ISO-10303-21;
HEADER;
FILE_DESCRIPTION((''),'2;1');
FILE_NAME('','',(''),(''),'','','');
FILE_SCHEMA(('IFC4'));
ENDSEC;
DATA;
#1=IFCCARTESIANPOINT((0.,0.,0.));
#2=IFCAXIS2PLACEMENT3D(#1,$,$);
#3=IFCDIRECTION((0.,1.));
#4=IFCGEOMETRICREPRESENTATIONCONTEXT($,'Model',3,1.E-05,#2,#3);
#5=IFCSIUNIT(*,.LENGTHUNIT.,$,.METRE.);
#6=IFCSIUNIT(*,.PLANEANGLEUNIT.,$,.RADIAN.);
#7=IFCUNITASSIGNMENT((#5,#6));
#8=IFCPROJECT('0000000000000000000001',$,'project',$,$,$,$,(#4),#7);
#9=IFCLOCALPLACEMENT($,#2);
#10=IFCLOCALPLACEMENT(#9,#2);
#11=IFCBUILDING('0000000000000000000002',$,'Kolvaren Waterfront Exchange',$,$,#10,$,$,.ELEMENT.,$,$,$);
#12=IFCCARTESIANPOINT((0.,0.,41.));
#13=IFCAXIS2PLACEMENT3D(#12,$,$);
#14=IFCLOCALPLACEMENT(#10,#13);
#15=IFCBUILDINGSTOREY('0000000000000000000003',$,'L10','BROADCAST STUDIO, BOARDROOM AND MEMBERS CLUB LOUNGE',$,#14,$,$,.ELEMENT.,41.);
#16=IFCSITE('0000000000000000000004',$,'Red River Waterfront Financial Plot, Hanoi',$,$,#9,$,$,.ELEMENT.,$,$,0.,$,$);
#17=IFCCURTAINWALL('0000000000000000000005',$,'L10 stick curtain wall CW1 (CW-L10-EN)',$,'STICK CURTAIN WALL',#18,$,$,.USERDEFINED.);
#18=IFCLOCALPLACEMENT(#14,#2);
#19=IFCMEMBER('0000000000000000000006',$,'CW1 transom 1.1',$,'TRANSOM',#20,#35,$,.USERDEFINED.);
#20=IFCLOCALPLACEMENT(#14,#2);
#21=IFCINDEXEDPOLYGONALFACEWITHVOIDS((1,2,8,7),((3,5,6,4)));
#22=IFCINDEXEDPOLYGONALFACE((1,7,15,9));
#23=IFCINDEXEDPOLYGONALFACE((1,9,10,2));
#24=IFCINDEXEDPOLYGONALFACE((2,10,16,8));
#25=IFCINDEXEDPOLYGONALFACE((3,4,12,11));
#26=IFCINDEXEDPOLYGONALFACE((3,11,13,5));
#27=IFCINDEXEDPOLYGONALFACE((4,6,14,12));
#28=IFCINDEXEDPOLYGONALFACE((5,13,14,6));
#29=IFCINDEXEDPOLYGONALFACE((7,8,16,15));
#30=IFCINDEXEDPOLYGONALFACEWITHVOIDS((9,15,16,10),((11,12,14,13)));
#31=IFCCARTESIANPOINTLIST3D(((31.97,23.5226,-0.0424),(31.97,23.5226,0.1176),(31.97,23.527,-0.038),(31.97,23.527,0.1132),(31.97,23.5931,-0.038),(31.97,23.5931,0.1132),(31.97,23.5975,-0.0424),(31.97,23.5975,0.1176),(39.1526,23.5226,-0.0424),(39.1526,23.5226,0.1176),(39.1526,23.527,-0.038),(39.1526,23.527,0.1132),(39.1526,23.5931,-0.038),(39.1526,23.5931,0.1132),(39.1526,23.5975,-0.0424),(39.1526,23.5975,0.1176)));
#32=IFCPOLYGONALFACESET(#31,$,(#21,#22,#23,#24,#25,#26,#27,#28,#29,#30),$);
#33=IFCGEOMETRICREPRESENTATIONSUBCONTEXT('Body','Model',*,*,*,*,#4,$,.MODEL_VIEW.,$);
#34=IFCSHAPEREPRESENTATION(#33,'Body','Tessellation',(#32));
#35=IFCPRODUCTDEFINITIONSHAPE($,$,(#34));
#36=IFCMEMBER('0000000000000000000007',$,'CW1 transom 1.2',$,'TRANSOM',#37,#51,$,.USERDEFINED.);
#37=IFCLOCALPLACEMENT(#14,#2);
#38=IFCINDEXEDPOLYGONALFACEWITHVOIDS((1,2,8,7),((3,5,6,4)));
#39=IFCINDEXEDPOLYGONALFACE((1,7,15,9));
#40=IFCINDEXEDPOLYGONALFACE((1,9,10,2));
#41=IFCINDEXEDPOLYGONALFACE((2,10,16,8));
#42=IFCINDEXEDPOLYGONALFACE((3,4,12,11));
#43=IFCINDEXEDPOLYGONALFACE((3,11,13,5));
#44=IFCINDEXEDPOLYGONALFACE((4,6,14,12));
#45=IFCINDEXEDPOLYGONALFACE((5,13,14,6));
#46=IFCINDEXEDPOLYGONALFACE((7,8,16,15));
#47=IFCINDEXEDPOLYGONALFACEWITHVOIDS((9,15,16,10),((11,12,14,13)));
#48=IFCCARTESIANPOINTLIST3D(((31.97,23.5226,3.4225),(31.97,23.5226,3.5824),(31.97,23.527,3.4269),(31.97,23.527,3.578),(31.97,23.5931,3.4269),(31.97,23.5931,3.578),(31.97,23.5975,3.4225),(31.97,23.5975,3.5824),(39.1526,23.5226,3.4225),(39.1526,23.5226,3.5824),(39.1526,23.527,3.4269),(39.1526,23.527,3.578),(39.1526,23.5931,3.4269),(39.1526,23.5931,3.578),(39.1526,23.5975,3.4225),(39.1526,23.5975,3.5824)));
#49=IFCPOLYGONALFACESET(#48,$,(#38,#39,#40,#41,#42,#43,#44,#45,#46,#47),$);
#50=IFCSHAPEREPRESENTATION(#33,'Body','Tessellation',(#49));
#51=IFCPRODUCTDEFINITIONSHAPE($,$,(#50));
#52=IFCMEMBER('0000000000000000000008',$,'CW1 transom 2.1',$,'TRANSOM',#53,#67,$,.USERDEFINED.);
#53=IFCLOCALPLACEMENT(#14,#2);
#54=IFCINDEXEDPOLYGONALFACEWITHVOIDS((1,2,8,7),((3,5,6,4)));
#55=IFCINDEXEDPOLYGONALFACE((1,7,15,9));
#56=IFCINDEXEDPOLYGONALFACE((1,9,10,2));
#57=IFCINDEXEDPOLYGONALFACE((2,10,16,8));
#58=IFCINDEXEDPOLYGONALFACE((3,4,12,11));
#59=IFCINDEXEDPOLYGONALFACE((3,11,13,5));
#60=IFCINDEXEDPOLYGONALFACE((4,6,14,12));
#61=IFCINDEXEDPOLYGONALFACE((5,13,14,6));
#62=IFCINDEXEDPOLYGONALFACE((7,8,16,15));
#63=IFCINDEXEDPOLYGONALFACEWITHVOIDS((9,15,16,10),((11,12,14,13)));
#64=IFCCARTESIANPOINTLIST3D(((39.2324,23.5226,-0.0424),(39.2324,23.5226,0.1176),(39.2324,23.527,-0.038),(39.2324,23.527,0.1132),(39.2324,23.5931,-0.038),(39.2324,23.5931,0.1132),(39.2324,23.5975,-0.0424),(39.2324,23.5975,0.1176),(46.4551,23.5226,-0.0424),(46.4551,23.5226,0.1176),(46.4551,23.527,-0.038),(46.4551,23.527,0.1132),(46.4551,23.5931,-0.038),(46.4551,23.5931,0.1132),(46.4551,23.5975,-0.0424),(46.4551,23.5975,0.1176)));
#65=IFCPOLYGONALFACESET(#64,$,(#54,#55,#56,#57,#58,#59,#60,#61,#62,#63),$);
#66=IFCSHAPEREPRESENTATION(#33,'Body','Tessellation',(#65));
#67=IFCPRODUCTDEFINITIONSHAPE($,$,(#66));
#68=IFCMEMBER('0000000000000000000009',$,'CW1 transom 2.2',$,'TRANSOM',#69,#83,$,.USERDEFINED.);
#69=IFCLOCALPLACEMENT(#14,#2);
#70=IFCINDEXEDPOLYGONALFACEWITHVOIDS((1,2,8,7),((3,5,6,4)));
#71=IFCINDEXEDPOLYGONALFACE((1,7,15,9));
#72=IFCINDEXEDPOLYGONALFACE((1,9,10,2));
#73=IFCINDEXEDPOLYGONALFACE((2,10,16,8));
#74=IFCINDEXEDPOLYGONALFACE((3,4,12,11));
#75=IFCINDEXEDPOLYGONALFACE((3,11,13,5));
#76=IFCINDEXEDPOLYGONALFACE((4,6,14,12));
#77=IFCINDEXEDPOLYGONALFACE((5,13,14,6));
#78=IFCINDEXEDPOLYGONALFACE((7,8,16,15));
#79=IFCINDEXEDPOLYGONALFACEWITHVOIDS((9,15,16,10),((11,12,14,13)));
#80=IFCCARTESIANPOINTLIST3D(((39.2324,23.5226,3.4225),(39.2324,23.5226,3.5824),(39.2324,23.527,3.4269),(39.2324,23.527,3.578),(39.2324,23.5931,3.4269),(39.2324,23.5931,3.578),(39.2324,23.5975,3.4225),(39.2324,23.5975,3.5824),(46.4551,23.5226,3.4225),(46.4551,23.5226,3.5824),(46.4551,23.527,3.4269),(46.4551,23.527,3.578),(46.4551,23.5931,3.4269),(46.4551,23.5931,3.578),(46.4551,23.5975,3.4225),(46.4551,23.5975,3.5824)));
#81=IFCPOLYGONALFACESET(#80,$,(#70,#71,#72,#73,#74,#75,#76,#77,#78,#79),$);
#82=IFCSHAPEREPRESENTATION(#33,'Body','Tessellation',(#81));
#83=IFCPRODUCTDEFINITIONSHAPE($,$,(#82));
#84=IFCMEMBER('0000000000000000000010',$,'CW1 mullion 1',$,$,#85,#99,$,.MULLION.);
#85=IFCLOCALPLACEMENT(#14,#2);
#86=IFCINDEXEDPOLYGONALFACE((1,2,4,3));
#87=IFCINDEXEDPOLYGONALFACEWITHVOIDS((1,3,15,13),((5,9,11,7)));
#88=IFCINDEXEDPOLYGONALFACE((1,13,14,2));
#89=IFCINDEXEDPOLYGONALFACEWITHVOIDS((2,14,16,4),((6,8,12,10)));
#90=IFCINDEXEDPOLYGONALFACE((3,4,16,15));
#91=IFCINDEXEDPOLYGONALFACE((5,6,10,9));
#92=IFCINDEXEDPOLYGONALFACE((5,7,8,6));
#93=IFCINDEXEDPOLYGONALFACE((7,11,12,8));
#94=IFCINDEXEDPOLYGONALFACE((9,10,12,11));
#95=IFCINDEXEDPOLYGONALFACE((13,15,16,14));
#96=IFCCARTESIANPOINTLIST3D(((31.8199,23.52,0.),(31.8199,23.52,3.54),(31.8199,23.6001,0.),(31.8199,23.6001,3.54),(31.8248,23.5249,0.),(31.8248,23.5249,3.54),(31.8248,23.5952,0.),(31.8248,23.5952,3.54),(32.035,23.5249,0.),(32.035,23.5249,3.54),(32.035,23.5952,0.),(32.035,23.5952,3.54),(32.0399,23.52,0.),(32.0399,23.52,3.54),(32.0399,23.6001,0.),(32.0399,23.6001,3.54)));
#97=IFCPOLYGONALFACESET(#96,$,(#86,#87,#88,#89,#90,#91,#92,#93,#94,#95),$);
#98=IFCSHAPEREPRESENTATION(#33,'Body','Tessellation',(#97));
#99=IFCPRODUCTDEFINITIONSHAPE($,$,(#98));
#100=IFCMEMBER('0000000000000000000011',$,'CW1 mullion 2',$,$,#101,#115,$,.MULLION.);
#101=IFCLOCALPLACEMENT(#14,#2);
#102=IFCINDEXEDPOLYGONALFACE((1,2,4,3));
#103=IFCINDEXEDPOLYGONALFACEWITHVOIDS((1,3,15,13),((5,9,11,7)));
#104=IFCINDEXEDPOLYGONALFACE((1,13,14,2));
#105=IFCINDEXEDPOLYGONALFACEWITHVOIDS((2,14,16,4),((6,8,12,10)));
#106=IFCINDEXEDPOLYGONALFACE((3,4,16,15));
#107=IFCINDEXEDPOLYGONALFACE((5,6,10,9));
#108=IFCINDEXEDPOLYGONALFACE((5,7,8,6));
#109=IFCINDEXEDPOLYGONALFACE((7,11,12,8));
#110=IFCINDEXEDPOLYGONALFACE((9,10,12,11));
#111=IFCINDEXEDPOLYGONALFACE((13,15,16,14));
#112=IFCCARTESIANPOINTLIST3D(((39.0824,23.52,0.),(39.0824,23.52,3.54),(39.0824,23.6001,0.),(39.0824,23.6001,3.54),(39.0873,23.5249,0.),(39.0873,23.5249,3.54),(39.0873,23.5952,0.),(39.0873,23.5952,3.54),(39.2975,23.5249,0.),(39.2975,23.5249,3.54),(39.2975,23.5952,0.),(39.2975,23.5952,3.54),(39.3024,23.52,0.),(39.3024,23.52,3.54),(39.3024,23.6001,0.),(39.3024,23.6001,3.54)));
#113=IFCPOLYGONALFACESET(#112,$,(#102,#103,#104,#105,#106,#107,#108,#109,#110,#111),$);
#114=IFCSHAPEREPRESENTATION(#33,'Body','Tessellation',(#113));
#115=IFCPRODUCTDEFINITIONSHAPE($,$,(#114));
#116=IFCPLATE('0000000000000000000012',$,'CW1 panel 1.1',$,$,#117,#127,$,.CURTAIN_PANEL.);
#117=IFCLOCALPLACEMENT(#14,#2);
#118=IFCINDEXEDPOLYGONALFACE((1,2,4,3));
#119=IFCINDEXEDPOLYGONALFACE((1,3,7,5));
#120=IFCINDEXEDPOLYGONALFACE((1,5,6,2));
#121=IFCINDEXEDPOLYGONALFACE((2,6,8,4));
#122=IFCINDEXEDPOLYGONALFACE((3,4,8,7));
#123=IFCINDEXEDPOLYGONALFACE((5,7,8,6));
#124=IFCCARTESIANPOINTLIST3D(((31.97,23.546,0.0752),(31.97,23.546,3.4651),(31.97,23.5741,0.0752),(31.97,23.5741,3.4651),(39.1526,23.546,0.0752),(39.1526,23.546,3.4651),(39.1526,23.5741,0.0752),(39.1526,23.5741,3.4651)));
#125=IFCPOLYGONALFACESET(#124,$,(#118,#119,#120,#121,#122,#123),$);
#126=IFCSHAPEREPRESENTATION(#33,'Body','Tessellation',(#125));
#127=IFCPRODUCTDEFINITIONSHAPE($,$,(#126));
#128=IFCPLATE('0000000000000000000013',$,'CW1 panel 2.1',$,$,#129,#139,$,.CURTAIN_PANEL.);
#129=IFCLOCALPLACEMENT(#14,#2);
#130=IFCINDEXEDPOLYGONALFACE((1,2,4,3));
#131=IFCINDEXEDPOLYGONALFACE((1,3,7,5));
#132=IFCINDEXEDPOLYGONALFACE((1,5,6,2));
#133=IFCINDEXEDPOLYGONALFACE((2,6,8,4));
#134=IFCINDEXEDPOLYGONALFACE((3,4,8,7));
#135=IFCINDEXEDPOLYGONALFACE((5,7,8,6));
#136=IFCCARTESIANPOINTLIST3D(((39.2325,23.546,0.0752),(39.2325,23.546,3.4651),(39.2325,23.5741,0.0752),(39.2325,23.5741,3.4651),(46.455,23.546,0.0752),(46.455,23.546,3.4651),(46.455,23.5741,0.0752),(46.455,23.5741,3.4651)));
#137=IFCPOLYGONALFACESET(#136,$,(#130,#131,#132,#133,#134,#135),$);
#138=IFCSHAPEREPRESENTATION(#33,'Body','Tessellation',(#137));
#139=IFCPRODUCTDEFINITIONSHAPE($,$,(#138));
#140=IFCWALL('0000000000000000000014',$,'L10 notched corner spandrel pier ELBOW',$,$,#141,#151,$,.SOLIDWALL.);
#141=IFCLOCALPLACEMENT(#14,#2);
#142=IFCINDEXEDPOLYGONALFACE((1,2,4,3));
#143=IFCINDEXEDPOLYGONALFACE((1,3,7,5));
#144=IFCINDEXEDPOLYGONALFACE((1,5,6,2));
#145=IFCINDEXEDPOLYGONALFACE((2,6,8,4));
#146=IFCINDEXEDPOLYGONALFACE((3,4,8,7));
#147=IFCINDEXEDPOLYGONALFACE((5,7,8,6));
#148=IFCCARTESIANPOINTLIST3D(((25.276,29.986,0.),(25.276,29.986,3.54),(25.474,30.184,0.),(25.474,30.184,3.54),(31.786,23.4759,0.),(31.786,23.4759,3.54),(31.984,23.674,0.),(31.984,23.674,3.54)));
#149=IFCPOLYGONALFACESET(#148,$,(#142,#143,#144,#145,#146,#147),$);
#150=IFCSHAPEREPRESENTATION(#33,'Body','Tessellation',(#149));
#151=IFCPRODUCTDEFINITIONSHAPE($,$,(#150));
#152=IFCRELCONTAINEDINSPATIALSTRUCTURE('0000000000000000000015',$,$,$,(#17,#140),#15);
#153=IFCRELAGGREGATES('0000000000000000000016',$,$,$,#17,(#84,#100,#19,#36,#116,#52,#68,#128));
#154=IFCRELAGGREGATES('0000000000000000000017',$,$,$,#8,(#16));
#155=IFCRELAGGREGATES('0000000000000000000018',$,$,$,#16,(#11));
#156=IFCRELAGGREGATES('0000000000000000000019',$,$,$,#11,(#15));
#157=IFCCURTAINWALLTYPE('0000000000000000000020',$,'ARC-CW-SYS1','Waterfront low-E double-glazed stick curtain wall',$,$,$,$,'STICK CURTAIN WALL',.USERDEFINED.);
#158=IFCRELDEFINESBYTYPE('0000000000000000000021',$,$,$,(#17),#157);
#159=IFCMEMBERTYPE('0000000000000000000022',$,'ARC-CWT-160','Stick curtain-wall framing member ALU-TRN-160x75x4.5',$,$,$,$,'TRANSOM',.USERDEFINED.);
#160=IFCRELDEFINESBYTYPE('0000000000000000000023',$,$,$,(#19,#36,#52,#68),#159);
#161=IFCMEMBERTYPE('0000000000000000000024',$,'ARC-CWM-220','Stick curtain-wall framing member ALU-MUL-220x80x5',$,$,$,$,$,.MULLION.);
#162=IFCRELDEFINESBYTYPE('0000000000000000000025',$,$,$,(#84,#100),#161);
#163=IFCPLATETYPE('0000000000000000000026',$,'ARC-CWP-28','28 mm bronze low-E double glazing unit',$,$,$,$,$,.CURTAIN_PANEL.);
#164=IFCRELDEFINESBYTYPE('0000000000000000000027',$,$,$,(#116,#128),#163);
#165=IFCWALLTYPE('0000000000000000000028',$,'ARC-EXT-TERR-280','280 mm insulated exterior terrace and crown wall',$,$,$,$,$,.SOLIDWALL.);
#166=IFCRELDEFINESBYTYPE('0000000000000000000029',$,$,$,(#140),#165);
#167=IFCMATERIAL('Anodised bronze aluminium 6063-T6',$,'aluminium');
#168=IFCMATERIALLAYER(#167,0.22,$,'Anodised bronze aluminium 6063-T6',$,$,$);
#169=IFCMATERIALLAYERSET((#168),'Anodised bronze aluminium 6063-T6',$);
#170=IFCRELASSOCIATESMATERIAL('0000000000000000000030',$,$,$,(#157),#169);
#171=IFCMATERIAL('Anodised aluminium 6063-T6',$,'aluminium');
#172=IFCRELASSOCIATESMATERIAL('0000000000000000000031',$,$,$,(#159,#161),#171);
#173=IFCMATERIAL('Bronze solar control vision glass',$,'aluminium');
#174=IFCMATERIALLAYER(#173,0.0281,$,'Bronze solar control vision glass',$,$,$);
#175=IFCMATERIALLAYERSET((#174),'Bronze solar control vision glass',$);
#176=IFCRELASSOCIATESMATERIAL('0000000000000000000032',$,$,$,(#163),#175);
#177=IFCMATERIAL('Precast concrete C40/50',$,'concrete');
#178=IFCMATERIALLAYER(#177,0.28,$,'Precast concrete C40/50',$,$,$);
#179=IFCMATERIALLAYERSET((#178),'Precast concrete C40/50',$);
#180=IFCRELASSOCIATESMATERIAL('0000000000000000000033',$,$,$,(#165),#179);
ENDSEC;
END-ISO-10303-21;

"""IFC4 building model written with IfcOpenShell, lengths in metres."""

from ifc_helpers import new_model, si_unit, direction, frame, frame_2d, origin, origin_with_axes, origin_2d, place, context, subcontext, project, spatial, rectangle, hollow_rectangle, extrude, source, transform, mapped, material, layer, layer_set, material_profile, profile_set, type_object, element, aggregate, save


model = new_model("IFC4")

# Units and contexts
model_context = context("Model", 3, precision=1e-05, world=origin(), true_north=direction((0.0, 1.0)))
body_context = subcontext(model_context, "Body", "Model", "MODEL_VIEW")
ifc_project = project(units=[si_unit("LENGTHUNIT", "METRE"), si_unit("PLANEANGLEUNIT", "RADIAN")], contexts=[model_context])

# Site, building, storey
site_placement = place(None, origin())
site = spatial("IfcSite", under=ifc_project, at=site_placement, Name="Red River Waterfront Financial Plot, Hanoi", CompositionType="ELEMENT", RefElevation=0.0)
building_placement = place(site_placement, origin())
building = spatial("IfcBuilding", under=site, at=building_placement, Name="Kolvaren Waterfront Exchange", CompositionType="ELEMENT")
storey_placement = place(building_placement, frame((0.0, 0.0, 41.0)))
storey = spatial("IfcBuildingStorey", under=building, at=storey_placement, Name="L10", Description="BROADCAST STUDIO, BOARDROOM AND MEMBERS CLUB LOUNGE", CompositionType="ELEMENT", Elevation=41.0)

# Curtain wall, members, plates
ifc_material_1 = material(Name="Anodised bronze aluminium 6063-T6", Category="aluminium")
ifc_layer_1 = layer(ifc_material_1, 0.22, Name="Anodised bronze aluminium 6063-T6")
ifc_layer_set_1 = layer_set([ifc_layer_1], Name="Anodised bronze aluminium 6063-T6")
curtain_wall_type = type_object("IfcCurtainWallType", Name="ARC-CW-SYS1", Description="Waterfront low-E double-glazed stick curtain wall", ElementType="STICK CURTAIN WALL", PredefinedType="USERDEFINED", material=ifc_layer_set_1)
curtain_wall_placement = place(storey_placement, origin())
curtain_wall = element("IfcCurtainWall", 1, at=curtain_wall_placement, inside=storey, type_object=curtain_wall_type, Name="L10 stick curtain wall CW1 (CW-L10-EN)", ObjectType="STICK CURTAIN WALL", PredefinedType="USERDEFINED")
ifc_material_2 = material(Name="Anodised aluminium 6063-T6", Category="aluminium")
ifc_material_profile_1 = material_profile(ifc_material_2, hollow_rectangle(XDim=0.075, YDim=0.1599, WallThickness=0.0044, at=origin_2d()), Name="ALU-TRN-160x75x4.5")
ifc_profile_set_1 = profile_set([ifc_material_profile_1], Name="Anodised aluminium 6063-T6")
member_type_1 = type_object("IfcMemberType", Name="ARC-CWT-160", Description="Stick curtain-wall framing member ALU-TRN-160x75x4.5", ElementType="TRANSOM", PredefinedType="USERDEFINED", material=ifc_profile_set_1)
shared_shape_1 = source(origin_with_axes(), body_context, "Body", "SweptSolid", [
    extrude(hollow_rectangle(XDim=0.075, YDim=0.1599, WallThickness=0.0044, at=origin_2d()), origin(), (0.0, 0.0, 1.0), 7.1826),
])
member_1_placement = place(storey_placement, frame((31.97, 23.5601, 0.0376), z_axis=(1.0, 0.0, 0.0), x_axis=(0.0, 1.0, 0.0)))
member_1 = element("IfcMember", 2, at=member_1_placement, type_object=member_type_1, Name="CW1 transom 1.1", ObjectType="TRANSOM", PredefinedType="USERDEFINED", context=body_context, shape_type="MappedRepresentation", body=[
    mapped(shared_shape_1, transform((0.0, 0.0, 0.0), x_axis=(1.0, 0.0, 0.0), y_axis=(0.0, 1.0, 0.0), z_axis=(0.0, 0.0, 1.0), scale=1.0)),
])
member_2_placement = place(storey_placement, frame((31.97, 23.5601, 3.5024), z_axis=(1.0, 0.0, 0.0), x_axis=(0.0, 1.0, 0.0)))
member_2 = element("IfcMember", 3, at=member_2_placement, type_object=member_type_1, Name="CW1 transom 1.2", ObjectType="TRANSOM", PredefinedType="USERDEFINED", context=body_context, shape_type="MappedRepresentation", body=[
    mapped(shared_shape_1, transform((0.0, 0.0, 0.0), x_axis=(1.0, 0.0, 0.0), y_axis=(0.0, 1.0, 0.0), z_axis=(0.0, 0.0, 1.0), scale=1.0)),
])
shared_shape_2 = source(origin_with_axes(), body_context, "Body", "SweptSolid", [
    extrude(hollow_rectangle(XDim=0.075, YDim=0.1599, WallThickness=0.0044, at=origin_2d()), origin(), (0.0, 0.0, 1.0), 7.2227),
])
member_3_placement = place(storey_placement, frame((39.2324, 23.5601, 0.0376), z_axis=(1.0, 0.0, 0.0), x_axis=(0.0, 1.0, 0.0)))
member_3 = element("IfcMember", 4, at=member_3_placement, type_object=member_type_1, Name="CW1 transom 2.1", ObjectType="TRANSOM", PredefinedType="USERDEFINED", context=body_context, shape_type="MappedRepresentation", body=[
    mapped(shared_shape_2, transform((0.0, 0.0, 0.0), x_axis=(1.0, 0.0, 0.0), y_axis=(0.0, 1.0, 0.0), z_axis=(0.0, 0.0, 1.0), scale=1.0)),
])
member_4_placement = place(storey_placement, frame((39.2324, 23.5601, 3.5024), z_axis=(1.0, 0.0, 0.0), x_axis=(0.0, 1.0, 0.0)))
member_4 = element("IfcMember", 5, at=member_4_placement, type_object=member_type_1, Name="CW1 transom 2.2", ObjectType="TRANSOM", PredefinedType="USERDEFINED", context=body_context, shape_type="MappedRepresentation", body=[
    mapped(shared_shape_2, transform((0.0, 0.0, 0.0), x_axis=(1.0, 0.0, 0.0), y_axis=(0.0, 1.0, 0.0), z_axis=(0.0, 0.0, 1.0), scale=1.0)),
])
ifc_material_profile_2 = material_profile(ifc_material_2, hollow_rectangle(XDim=0.0801, YDim=0.22, WallThickness=0.0049, at=origin_2d()), Name="ALU-MUL-220x80x5")
ifc_profile_set_2 = profile_set([ifc_material_profile_2], Name="Anodised aluminium 6063-T6")
member_type_2 = type_object("IfcMemberType", Name="ARC-CWM-220", Description="Stick curtain-wall framing member ALU-MUL-220x80x5", PredefinedType="MULLION", material=ifc_profile_set_2)
shared_shape_3 = source(origin_with_axes(), body_context, "Body", "SweptSolid", [
    extrude(hollow_rectangle(XDim=0.0801, YDim=0.22, WallThickness=0.0049, at=origin_2d()), origin(), (0.0, 0.0, 1.0), 3.54),
])
member_5_placement = place(storey_placement, frame((31.9299, 23.5601, 0.0), z_axis=(0.0, 0.0, 1.0), x_axis=(0.0, 1.0, 0.0)))
member_5 = element("IfcMember", 6, at=member_5_placement, type_object=member_type_2, Name="CW1 mullion 1", PredefinedType="MULLION", context=body_context, shape_type="MappedRepresentation", body=[
    mapped(shared_shape_3, transform((0.0, 0.0, 0.0), x_axis=(1.0, 0.0, 0.0), y_axis=(0.0, 1.0, 0.0), z_axis=(0.0, 0.0, 1.0), scale=1.0)),
])
member_6_placement = place(storey_placement, frame((39.1924, 23.5601, 0.0), z_axis=(0.0, 0.0, 1.0), x_axis=(0.0, 1.0, 0.0)))
member_6 = element("IfcMember", 7, at=member_6_placement, type_object=member_type_2, Name="CW1 mullion 2", PredefinedType="MULLION", context=body_context, shape_type="MappedRepresentation", body=[
    mapped(shared_shape_3, transform((0.0, 0.0, 0.0), x_axis=(1.0, 0.0, 0.0), y_axis=(0.0, 1.0, 0.0), z_axis=(0.0, 0.0, 1.0), scale=1.0)),
])
ifc_material_3 = material(Name="Bronze solar control vision glass", Category="aluminium")
ifc_layer_2 = layer(ifc_material_3, 0.0281, Name="Bronze solar control vision glass")
ifc_layer_set_2 = layer_set([ifc_layer_2], Name="Bronze solar control vision glass")
plate_type = type_object("IfcPlateType", Name="ARC-CWP-28", Description="28 mm bronze low-E double glazing unit", PredefinedType="CURTAIN_PANEL", material=ifc_layer_set_2)
shared_shape_4 = source(origin_with_axes(), body_context, "Body", "SweptSolid", [
    extrude(rectangle(XDim=7.1826, YDim=0.0281, at=origin_2d()), origin(), (0.0, 0.0, 1.0), 3.3899),
])
plate_1_placement = place(storey_placement, frame((35.5613, 23.5601, 0.0752), z_axis=(0.0, 0.0, 1.0), x_axis=(1.0, 0.0, 0.0)))
plate_1 = element("IfcPlate", 8, at=plate_1_placement, type_object=plate_type, Name="CW1 panel 1.1", PredefinedType="CURTAIN_PANEL", context=body_context, shape_type="MappedRepresentation", body=[
    mapped(shared_shape_4, transform((0.0, 0.0, 0.0), x_axis=(1.0, 0.0, 0.0), y_axis=(0.0, 1.0, 0.0), z_axis=(0.0, 0.0, 1.0), scale=1.0)),
])
shared_shape_5 = source(origin_with_axes(), body_context, "Body", "SweptSolid", [
    extrude(rectangle(XDim=7.2224, YDim=0.0281, at=origin_2d()), origin(), (0.0, 0.0, 1.0), 3.3899),
])
plate_2_placement = place(storey_placement, frame((42.8438, 23.5601, 0.0752), z_axis=(0.0, 0.0, 1.0), x_axis=(1.0, 0.0, 0.0)))
plate_2 = element("IfcPlate", 9, at=plate_2_placement, type_object=plate_type, Name="CW1 panel 2.1", PredefinedType="CURTAIN_PANEL", context=body_context, shape_type="MappedRepresentation", body=[
    mapped(shared_shape_5, transform((0.0, 0.0, 0.0), x_axis=(1.0, 0.0, 0.0), y_axis=(0.0, 1.0, 0.0), z_axis=(0.0, 0.0, 1.0), scale=1.0)),
])
aggregate(curtain_wall, [member_5, member_6, member_1, member_2, plate_1, member_3, member_4, plate_2])

# Wall
ifc_material_4 = material(Name="Precast concrete C40/50", Category="concrete")
ifc_layer_3 = layer(ifc_material_4, 0.28, Name="Precast concrete C40/50")
ifc_layer_set_3 = layer_set([ifc_layer_3], Name="Precast concrete C40/50")
wall_type_1 = type_object("IfcWallType", Name="ARC-EXT-TERR-280", Description="280 mm insulated exterior terrace and crown wall", PredefinedType="SOLIDWALL", material=ifc_layer_set_3)
wall_1_placement = place(storey_placement, frame((31.885, 23.575, 0.0), z_axis=(0.0, 0.0, 1.0), x_axis=(-0.707107, 0.707107, 0.0)))
element("IfcWall", 10, at=wall_1_placement, inside=storey, type_object=wall_type_1, Name="L10 notched corner spandrel pier ELBOW", PredefinedType="SOLIDWALL", context=body_context, shape_type="SweptSolid", body=[
    extrude(rectangle(XDim=9.2065, YDim=0.28, at=frame_2d((4.6033, 0.0))), origin(), (0.0, 0.0, 1.0), 3.54),
])

save(model, "model.ifc")
